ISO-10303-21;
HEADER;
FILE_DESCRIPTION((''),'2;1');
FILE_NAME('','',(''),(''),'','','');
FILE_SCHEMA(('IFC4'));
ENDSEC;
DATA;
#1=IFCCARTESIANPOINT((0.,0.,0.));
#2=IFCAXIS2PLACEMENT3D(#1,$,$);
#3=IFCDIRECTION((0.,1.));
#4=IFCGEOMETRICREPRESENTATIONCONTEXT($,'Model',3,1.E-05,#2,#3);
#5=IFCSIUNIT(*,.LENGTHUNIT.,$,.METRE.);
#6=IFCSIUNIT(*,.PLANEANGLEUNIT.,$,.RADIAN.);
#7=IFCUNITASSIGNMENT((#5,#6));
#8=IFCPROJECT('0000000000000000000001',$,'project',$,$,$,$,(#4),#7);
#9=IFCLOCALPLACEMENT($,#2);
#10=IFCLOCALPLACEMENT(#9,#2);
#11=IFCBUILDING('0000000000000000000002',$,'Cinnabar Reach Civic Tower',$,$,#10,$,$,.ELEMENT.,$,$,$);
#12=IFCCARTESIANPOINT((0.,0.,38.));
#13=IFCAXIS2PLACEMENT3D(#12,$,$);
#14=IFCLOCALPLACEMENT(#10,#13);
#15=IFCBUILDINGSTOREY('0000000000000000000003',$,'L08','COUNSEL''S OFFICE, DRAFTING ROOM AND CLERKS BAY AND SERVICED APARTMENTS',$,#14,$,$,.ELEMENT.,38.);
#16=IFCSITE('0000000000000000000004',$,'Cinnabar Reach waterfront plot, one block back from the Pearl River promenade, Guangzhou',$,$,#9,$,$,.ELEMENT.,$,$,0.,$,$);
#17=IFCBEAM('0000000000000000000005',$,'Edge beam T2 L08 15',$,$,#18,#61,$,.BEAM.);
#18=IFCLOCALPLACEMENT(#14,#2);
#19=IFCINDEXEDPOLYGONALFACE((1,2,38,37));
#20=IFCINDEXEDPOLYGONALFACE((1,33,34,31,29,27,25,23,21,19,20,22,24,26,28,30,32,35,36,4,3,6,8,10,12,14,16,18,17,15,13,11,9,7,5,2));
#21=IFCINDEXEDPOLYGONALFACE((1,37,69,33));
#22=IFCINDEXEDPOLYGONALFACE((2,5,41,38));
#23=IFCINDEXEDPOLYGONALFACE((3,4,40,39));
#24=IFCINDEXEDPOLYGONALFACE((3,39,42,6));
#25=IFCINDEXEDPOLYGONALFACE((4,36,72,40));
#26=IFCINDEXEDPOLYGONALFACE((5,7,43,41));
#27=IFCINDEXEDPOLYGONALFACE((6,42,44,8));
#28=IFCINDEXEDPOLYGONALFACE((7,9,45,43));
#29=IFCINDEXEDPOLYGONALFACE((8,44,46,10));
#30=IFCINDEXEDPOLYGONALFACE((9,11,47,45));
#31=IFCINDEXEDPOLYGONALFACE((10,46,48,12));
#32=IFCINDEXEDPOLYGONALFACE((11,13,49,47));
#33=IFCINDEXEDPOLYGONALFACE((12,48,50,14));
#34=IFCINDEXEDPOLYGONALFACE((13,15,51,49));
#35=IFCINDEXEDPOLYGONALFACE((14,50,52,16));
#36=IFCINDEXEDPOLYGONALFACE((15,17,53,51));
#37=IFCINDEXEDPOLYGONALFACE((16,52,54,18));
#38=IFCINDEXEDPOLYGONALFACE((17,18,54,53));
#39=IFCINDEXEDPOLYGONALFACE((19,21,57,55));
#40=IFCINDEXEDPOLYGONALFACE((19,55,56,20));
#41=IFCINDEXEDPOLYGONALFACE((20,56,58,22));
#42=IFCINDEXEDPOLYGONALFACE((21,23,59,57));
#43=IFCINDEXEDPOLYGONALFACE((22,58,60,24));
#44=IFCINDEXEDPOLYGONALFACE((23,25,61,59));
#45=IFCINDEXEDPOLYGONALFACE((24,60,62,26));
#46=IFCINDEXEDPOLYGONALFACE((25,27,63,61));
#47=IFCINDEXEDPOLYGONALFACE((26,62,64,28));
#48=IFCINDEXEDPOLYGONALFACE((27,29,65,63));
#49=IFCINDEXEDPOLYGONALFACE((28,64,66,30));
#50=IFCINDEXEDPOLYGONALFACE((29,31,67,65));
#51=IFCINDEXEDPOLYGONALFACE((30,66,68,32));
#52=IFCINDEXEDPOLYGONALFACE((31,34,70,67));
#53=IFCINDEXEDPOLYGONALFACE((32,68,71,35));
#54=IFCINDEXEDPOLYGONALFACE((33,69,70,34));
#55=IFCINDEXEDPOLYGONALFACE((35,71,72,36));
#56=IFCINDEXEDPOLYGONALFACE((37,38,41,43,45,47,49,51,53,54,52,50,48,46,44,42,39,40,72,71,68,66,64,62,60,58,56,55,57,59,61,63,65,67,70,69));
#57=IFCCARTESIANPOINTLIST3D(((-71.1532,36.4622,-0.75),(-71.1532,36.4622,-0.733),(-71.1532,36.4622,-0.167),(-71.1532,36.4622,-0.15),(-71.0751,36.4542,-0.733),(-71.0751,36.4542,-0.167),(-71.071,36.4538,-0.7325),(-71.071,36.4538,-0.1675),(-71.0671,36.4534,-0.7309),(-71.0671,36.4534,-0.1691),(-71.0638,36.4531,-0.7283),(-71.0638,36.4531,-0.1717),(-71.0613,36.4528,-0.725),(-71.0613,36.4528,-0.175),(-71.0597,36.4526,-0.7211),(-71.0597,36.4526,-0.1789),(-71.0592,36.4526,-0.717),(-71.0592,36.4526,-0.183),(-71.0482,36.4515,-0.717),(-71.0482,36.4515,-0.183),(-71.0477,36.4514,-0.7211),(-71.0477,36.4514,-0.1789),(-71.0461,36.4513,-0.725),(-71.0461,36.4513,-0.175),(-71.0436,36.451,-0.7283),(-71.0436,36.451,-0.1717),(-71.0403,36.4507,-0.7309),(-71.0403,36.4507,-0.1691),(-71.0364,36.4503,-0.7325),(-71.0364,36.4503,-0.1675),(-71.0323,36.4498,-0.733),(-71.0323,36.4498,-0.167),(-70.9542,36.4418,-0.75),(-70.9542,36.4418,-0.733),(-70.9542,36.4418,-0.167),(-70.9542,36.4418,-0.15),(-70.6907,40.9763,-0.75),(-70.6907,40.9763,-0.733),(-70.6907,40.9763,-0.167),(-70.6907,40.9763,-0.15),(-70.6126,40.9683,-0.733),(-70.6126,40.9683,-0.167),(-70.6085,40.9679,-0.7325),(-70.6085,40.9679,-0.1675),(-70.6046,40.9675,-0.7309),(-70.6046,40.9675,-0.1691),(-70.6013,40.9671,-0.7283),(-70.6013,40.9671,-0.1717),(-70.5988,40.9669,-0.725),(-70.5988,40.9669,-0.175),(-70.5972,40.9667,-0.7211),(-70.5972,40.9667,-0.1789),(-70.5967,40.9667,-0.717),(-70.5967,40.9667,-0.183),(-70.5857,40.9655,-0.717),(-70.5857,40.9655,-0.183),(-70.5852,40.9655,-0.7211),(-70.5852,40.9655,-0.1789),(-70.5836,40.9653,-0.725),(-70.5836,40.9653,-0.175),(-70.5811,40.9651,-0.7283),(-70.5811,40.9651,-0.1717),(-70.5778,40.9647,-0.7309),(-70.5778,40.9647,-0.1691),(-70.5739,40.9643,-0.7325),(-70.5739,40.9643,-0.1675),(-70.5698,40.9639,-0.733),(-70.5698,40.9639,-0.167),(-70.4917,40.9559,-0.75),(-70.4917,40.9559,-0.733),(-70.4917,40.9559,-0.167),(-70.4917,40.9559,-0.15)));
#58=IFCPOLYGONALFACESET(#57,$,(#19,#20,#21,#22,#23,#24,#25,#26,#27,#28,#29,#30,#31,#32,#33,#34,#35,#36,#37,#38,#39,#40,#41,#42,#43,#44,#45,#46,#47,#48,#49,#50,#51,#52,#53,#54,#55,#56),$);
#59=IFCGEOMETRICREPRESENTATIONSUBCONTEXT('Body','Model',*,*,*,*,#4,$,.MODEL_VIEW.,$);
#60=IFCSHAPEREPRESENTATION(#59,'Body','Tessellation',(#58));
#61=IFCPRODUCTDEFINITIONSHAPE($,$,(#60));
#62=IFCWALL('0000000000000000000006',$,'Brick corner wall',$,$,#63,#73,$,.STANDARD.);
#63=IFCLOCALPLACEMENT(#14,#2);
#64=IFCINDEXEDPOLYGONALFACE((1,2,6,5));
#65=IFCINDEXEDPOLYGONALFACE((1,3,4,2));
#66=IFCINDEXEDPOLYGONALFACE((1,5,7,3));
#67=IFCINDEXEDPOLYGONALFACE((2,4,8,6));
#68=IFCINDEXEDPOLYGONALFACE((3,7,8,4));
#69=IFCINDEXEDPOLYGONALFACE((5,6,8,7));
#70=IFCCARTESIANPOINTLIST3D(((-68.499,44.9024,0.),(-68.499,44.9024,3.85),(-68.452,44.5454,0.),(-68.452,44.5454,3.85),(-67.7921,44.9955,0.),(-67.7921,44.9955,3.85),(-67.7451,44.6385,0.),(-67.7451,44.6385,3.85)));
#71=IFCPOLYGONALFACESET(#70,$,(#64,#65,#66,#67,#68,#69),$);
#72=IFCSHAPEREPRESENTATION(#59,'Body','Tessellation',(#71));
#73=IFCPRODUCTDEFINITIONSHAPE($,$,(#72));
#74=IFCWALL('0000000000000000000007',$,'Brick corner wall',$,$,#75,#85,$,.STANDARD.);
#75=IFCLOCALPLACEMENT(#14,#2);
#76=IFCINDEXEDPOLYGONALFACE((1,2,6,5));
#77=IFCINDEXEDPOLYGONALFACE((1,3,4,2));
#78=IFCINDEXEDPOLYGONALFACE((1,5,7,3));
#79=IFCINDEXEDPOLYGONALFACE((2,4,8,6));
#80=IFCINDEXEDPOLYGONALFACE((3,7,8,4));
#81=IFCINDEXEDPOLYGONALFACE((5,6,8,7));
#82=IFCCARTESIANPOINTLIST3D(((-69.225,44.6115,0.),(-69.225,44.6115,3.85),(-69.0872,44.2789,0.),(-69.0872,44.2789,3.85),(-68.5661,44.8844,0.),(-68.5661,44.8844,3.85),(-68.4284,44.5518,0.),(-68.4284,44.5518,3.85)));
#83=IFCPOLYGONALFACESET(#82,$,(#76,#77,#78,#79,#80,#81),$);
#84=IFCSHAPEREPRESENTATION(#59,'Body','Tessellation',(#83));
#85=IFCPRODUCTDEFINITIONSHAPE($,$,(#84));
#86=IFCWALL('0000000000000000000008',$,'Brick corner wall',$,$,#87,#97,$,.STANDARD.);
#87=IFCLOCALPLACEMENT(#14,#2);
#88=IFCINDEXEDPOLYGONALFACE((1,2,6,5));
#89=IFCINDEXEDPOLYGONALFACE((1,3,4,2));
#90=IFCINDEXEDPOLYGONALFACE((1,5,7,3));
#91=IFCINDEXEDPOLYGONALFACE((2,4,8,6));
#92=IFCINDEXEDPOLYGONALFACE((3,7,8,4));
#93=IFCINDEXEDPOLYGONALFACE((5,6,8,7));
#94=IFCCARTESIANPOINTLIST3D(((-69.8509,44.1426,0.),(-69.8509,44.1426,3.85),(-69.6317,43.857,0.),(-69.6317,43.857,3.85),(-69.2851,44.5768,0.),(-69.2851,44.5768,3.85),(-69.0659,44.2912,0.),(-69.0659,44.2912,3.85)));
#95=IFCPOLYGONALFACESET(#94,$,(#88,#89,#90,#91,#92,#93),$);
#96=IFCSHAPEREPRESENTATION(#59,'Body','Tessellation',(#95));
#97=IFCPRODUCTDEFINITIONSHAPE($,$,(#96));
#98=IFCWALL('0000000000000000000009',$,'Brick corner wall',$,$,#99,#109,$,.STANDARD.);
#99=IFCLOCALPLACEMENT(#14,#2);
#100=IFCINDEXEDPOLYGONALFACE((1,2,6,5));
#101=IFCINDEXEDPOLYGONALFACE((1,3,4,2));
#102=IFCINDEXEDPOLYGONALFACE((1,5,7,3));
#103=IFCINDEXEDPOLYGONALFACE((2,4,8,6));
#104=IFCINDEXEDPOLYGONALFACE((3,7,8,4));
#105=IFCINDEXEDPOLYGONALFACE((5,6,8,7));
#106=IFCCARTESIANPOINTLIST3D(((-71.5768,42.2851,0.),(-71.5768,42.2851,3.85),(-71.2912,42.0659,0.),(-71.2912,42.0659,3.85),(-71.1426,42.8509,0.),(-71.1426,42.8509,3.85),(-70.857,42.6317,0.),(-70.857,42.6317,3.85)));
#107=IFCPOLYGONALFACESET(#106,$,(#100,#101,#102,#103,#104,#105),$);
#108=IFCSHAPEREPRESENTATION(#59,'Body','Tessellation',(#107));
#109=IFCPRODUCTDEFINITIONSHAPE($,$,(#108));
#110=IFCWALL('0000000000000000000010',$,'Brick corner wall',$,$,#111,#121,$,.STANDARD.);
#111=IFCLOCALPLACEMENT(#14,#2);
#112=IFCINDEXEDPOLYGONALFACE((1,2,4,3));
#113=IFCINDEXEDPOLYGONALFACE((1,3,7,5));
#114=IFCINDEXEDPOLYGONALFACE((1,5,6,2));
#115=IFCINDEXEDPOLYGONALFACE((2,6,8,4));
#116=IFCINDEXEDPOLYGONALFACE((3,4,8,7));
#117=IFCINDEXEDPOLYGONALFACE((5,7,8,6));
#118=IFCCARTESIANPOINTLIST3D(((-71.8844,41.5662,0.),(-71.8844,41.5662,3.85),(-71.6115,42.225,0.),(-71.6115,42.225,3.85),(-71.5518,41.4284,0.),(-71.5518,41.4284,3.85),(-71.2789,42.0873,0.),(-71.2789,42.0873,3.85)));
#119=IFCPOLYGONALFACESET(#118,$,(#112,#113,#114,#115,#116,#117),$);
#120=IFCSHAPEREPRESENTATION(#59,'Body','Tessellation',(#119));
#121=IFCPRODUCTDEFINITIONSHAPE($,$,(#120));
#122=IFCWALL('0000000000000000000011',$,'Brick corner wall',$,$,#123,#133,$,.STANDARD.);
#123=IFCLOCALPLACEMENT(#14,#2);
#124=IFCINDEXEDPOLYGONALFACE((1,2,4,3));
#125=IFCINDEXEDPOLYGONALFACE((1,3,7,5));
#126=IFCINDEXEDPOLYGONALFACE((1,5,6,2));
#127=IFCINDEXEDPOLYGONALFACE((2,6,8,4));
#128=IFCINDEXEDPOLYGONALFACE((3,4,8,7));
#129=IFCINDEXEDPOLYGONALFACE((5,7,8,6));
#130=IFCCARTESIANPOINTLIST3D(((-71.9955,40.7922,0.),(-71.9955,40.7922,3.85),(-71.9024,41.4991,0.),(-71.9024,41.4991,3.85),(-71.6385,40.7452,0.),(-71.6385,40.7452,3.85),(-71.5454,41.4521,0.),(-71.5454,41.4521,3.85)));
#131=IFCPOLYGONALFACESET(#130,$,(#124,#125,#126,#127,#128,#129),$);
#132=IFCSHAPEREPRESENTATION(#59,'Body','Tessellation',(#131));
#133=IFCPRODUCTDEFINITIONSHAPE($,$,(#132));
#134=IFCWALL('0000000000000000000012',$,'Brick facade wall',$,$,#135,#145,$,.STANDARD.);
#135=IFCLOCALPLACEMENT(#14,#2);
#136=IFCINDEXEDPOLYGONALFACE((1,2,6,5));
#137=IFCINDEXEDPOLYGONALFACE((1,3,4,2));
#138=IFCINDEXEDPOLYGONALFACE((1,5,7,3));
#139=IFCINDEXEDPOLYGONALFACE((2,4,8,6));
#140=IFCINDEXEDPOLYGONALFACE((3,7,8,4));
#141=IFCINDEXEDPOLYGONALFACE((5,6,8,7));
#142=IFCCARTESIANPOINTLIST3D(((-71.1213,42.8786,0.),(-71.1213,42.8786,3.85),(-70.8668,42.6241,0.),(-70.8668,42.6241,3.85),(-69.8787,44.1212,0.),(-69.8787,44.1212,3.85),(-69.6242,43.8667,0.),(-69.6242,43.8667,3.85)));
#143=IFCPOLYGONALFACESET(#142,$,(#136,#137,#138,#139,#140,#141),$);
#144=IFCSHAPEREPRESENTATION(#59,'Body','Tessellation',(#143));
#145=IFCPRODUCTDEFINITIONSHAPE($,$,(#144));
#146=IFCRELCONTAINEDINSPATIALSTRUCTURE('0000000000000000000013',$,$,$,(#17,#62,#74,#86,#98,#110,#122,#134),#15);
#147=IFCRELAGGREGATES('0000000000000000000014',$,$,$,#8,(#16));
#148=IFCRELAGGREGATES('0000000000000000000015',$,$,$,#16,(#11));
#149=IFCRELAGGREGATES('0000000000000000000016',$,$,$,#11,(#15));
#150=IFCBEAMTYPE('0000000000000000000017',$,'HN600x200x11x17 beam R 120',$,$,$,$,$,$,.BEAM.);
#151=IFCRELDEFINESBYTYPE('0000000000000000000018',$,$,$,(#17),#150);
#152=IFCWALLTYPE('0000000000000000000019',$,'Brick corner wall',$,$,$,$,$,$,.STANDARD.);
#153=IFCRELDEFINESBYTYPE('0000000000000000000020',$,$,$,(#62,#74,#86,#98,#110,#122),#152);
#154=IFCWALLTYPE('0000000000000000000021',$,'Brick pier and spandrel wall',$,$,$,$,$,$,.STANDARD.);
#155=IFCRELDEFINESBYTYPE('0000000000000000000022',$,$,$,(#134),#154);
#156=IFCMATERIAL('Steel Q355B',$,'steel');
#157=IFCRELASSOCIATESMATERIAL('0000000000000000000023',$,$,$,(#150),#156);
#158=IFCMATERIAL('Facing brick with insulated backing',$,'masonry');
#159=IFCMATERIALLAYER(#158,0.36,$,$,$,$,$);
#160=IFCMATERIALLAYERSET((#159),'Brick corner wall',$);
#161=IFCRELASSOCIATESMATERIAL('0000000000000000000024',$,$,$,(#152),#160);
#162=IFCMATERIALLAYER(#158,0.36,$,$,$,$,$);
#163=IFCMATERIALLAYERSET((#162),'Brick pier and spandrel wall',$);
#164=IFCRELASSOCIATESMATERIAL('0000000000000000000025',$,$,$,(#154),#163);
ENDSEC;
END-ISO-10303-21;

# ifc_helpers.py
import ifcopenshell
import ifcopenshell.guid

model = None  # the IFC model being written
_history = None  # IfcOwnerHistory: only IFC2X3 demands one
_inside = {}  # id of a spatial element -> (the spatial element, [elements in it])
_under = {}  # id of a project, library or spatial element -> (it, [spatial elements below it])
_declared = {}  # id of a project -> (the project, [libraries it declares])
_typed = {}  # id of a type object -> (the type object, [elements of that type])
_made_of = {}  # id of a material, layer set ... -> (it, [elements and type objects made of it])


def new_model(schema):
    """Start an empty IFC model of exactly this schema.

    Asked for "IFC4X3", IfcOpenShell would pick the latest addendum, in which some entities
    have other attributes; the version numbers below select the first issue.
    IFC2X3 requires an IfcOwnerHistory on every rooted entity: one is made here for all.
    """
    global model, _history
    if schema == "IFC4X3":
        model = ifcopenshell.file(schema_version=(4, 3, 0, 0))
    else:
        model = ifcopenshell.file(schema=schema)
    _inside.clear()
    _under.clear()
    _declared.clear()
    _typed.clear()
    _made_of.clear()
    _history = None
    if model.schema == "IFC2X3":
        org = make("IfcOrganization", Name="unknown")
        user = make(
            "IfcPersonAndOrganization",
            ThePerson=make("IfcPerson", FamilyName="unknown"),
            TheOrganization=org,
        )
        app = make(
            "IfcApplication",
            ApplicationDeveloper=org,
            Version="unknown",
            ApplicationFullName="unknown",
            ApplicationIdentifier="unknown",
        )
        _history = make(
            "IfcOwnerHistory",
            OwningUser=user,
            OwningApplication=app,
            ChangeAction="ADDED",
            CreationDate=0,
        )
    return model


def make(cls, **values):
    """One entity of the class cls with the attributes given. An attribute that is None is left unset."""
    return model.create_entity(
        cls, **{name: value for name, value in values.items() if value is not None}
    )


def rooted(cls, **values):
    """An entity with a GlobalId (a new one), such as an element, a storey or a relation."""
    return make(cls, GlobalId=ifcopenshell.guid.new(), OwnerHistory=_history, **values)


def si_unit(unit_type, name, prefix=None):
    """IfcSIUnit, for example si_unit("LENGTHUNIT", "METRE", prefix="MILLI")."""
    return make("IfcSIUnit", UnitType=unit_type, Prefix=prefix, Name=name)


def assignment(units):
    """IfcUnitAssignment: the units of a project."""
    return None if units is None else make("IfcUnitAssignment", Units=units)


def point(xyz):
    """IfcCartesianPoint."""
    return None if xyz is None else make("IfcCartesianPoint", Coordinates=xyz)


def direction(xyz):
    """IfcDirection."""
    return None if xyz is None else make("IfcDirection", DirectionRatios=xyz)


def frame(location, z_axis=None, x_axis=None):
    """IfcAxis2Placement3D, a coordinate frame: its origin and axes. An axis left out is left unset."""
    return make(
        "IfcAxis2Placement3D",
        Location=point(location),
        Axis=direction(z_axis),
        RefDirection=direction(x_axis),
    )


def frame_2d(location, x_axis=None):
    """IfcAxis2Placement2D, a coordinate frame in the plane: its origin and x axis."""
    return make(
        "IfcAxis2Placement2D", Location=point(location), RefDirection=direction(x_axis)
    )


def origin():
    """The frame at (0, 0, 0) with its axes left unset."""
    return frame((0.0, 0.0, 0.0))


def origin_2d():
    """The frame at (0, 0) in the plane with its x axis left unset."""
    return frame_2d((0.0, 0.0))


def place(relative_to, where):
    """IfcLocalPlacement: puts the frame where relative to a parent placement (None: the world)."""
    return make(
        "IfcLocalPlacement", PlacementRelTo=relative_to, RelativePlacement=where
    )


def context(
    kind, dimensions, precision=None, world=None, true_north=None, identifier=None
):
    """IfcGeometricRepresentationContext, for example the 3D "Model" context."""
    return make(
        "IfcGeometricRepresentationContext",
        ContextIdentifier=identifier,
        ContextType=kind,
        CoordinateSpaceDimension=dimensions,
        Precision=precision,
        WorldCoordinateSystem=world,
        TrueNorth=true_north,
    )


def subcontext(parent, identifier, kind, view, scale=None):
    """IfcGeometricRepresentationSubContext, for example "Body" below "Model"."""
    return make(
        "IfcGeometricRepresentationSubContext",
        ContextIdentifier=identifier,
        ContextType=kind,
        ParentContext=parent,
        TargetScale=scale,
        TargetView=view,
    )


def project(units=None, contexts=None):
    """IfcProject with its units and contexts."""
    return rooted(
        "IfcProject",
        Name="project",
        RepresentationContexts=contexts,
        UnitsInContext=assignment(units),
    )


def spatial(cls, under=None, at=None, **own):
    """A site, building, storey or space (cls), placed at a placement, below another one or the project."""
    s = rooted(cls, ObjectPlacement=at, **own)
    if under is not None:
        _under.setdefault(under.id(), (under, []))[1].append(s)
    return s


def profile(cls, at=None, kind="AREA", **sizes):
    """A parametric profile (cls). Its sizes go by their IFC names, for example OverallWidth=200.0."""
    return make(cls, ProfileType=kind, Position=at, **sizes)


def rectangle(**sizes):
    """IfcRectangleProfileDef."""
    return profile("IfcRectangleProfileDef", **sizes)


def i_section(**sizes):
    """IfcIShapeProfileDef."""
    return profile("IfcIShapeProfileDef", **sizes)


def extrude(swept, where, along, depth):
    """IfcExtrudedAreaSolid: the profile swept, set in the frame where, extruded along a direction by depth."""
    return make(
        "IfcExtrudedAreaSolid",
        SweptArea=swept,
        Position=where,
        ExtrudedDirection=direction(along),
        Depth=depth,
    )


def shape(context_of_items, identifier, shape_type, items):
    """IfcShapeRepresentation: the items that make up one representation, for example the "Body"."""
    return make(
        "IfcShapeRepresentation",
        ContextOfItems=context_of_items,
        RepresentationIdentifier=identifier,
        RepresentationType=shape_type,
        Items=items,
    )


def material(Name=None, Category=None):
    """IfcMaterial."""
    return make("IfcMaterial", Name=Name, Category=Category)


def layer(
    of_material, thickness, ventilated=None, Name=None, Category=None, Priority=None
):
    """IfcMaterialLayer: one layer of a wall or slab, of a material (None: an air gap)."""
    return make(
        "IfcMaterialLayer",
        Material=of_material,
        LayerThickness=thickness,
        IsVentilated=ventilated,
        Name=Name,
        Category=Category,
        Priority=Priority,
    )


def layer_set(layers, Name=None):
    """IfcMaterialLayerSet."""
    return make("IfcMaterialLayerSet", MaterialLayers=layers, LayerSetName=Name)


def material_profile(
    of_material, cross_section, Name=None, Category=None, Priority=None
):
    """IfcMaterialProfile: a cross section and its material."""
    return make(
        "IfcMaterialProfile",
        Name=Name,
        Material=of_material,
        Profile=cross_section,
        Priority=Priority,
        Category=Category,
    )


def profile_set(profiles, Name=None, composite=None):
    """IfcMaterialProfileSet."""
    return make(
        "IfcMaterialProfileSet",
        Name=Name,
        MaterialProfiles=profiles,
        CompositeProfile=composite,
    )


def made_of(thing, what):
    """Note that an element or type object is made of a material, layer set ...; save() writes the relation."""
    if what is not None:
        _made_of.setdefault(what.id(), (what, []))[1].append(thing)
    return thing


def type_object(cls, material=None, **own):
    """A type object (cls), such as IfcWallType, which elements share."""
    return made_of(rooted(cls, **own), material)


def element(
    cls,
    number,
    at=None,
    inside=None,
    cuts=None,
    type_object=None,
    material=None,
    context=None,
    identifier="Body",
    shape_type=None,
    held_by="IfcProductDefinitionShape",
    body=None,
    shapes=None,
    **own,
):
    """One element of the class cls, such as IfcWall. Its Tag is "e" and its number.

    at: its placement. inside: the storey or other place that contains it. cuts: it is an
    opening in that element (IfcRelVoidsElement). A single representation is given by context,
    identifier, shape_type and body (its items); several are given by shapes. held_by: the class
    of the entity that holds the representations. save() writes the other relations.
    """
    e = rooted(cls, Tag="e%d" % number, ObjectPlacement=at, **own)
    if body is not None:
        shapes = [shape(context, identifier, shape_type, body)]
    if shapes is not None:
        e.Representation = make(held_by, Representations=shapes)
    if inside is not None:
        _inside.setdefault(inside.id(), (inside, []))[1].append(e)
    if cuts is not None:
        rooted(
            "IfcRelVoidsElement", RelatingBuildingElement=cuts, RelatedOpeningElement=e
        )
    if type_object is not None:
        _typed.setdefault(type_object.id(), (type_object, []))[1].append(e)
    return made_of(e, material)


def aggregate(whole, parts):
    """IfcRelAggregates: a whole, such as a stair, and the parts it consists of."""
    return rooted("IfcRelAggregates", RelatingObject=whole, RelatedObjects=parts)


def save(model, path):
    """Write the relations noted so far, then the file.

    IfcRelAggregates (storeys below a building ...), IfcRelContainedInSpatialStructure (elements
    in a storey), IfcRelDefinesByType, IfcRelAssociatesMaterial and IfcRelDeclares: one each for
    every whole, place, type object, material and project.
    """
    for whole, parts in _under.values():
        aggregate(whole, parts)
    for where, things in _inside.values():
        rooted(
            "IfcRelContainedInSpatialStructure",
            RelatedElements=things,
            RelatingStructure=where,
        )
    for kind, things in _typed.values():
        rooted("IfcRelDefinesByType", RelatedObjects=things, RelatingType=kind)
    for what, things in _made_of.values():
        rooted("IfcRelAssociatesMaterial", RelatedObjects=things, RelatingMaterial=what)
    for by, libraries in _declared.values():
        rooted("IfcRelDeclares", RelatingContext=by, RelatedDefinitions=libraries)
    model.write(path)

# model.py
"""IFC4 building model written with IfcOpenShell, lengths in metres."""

from ifc_helpers import new_model, si_unit, direction, frame, frame_2d, origin, origin_2d, place, context, subcontext, project, spatial, rectangle, i_section, extrude, material, layer, layer_set, material_profile, profile_set, type_object, element, save


model = new_model("IFC4")

# Units and contexts
model_context = context("Model", 3, precision=1e-05, world=origin(), true_north=direction((0.0, 1.0)))
body_context = subcontext(model_context, "Body", "Model", "MODEL_VIEW")
ifc_project = project(units=[si_unit("LENGTHUNIT", "METRE"), si_unit("PLANEANGLEUNIT", "RADIAN")], contexts=[model_context])

# Site, building, storey
site_placement = place(None, origin())
site = spatial("IfcSite", under=ifc_project, at=site_placement, Name="Cinnabar Reach waterfront plot, one block back from the Pearl River promenade, Guangzhou", CompositionType="ELEMENT", RefElevation=0.0)
building_placement = place(site_placement, origin())
building = spatial("IfcBuilding", under=site, at=building_placement, Name="Cinnabar Reach Civic Tower", CompositionType="ELEMENT")
storey_placement = place(building_placement, frame((0.0, 0.0, 38.0)))
storey = spatial("IfcBuildingStorey", under=building, at=storey_placement, Name="L08", Description="COUNSEL'S OFFICE, DRAFTING ROOM AND CLERKS BAY AND SERVICED APARTMENTS", CompositionType="ELEMENT", Elevation=38.0)

# Beam
ifc_material_1 = material(Name="Steel Q355B", Category="steel")
ifc_material_profile_1 = material_profile(ifc_material_1, i_section(OverallWidth=0.2, OverallDepth=0.6, WebThickness=0.011, FlangeThickness=0.017, FilletRadius=0.016, at=origin_2d()), Name="HN600x200x11x17")
ifc_profile_set_1 = profile_set([ifc_material_profile_1], Name="Steel Q355B")
beam_type_1 = type_object("IfcBeamType", Name="HN600x200x11x17 beam R 120", PredefinedType="BEAM", material=ifc_profile_set_1)
beam_1_placement = place(storey_placement, frame((-70.5912, 40.9661, -0.45), z_axis=(-0.101923, -0.994792, 0.0), x_axis=(0.994792, -0.101923, 0.0)))
element("IfcBeam", 1, at=beam_1_placement, inside=storey, type_object=beam_type_1, Name="Edge beam T2 L08 15", PredefinedType="BEAM", context=body_context, shape_type="SweptSolid", body=[
    extrude(i_section(OverallWidth=0.2, OverallDepth=0.6, WebThickness=0.011, FlangeThickness=0.017, FilletRadius=0.016, at=origin_2d()), origin(), (0.0, 0.0, 1.0), 4.5377),
])

# Walls
ifc_material_2 = material(Name="Facing brick with insulated backing", Category="masonry")
ifc_layer_1 = layer(ifc_material_2, 0.36)
ifc_layer_set_1 = layer_set([ifc_layer_1], Name="Brick corner wall")
wall_type_1 = type_object("IfcWallType", Name="Brick corner wall", PredefinedType="STANDARD", material=ifc_layer_set_1)
for number, where, z_axis, x_axis, name in (
    (2, (-67.7686, 44.817, 0.0), (0.0, 0.0, 1.0), (-0.991441, -0.130556, 0.0), "Brick corner wall"),
    (3, (-68.4973, 44.7181, 0.0), (0.0, 0.0, 1.0), (-0.923872, -0.382703, 0.0), "Brick corner wall"),
):
    element("IfcWall", number, at=place(storey_placement, frame(where, z_axis=z_axis, x_axis=x_axis)), inside=storey, type_object=wall_type_1, Name=name, PredefinedType="STANDARD", context=body_context, shape_type="SweptSolid", body=[
        extrude(rectangle(XDim=0.7131, YDim=0.36, at=frame_2d((0.3565, 0.0))), origin(), (0.0, 0.0, 1.0), 3.85),
    ])
for number, where, z_axis, x_axis, name in (
    (4, (-69.1755, 44.434, 0.0), (0.0, 0.0, 1.0), (-0.793322, -0.608802, 0.0), "Brick corner wall"),
    (5, (-70.9998, 42.7413, 0.0), (0.0, 0.0, 1.0), (-0.608802, -0.793322, 0.0), "Brick corner wall"),
):
    element("IfcWall", number, at=place(storey_placement, frame(where, z_axis=z_axis, x_axis=x_axis)), inside=storey, type_object=wall_type_1, Name=name, PredefinedType="STANDARD", context=body_context, shape_type="SweptSolid", body=[
        extrude(rectangle(XDim=0.7132, YDim=0.36, at=frame_2d((0.3566, 0.0))), origin(), (0.0, 0.0, 1.0), 3.85),
    ])
for number, where, z_axis, x_axis, name in (
    (6, (-71.4452, 42.1561, 0.0), (0.0, 0.0, 1.0), (-0.382703, -0.923872, 0.0), "Brick corner wall"),
    (7, (-71.7239, 41.4756, 0.0), (0.0, 0.0, 1.0), (-0.130556, -0.991441, 0.0), "Brick corner wall"),
):
    element("IfcWall", number, at=place(storey_placement, frame(where, z_axis=z_axis, x_axis=x_axis)), inside=storey, type_object=wall_type_1, Name=name, PredefinedType="STANDARD", context=body_context, shape_type="SweptSolid", body=[
        extrude(rectangle(XDim=0.7131, YDim=0.36, at=frame_2d((0.3565, 0.0))), origin(), (0.0, 0.0, 1.0), 3.85),
    ])
ifc_layer_2 = layer(ifc_material_2, 0.36)
ifc_layer_set_2 = layer_set([ifc_layer_2], Name="Brick pier and spandrel wall")
wall_type_2 = type_object("IfcWallType", Name="Brick pier and spandrel wall", PredefinedType="STANDARD", material=ifc_layer_set_2)
wall_1_placement = place(storey_placement, frame((-69.7514, 43.994, 0.0), z_axis=(0.0, 0.0, 1.0), x_axis=(-0.707107, -0.707107, 0.0)))
element("IfcWall", 8, at=wall_1_placement, inside=storey, type_object=wall_type_2, Name="Brick facade wall", PredefinedType="STANDARD", context=body_context, shape_type="SweptSolid", body=[
    extrude(rectangle(XDim=1.7573, YDim=0.36, at=frame_2d((0.8787, 0.0))), origin(), (0.0, 0.0, 1.0), 3.85),
])

save(model, "model.ifc")
